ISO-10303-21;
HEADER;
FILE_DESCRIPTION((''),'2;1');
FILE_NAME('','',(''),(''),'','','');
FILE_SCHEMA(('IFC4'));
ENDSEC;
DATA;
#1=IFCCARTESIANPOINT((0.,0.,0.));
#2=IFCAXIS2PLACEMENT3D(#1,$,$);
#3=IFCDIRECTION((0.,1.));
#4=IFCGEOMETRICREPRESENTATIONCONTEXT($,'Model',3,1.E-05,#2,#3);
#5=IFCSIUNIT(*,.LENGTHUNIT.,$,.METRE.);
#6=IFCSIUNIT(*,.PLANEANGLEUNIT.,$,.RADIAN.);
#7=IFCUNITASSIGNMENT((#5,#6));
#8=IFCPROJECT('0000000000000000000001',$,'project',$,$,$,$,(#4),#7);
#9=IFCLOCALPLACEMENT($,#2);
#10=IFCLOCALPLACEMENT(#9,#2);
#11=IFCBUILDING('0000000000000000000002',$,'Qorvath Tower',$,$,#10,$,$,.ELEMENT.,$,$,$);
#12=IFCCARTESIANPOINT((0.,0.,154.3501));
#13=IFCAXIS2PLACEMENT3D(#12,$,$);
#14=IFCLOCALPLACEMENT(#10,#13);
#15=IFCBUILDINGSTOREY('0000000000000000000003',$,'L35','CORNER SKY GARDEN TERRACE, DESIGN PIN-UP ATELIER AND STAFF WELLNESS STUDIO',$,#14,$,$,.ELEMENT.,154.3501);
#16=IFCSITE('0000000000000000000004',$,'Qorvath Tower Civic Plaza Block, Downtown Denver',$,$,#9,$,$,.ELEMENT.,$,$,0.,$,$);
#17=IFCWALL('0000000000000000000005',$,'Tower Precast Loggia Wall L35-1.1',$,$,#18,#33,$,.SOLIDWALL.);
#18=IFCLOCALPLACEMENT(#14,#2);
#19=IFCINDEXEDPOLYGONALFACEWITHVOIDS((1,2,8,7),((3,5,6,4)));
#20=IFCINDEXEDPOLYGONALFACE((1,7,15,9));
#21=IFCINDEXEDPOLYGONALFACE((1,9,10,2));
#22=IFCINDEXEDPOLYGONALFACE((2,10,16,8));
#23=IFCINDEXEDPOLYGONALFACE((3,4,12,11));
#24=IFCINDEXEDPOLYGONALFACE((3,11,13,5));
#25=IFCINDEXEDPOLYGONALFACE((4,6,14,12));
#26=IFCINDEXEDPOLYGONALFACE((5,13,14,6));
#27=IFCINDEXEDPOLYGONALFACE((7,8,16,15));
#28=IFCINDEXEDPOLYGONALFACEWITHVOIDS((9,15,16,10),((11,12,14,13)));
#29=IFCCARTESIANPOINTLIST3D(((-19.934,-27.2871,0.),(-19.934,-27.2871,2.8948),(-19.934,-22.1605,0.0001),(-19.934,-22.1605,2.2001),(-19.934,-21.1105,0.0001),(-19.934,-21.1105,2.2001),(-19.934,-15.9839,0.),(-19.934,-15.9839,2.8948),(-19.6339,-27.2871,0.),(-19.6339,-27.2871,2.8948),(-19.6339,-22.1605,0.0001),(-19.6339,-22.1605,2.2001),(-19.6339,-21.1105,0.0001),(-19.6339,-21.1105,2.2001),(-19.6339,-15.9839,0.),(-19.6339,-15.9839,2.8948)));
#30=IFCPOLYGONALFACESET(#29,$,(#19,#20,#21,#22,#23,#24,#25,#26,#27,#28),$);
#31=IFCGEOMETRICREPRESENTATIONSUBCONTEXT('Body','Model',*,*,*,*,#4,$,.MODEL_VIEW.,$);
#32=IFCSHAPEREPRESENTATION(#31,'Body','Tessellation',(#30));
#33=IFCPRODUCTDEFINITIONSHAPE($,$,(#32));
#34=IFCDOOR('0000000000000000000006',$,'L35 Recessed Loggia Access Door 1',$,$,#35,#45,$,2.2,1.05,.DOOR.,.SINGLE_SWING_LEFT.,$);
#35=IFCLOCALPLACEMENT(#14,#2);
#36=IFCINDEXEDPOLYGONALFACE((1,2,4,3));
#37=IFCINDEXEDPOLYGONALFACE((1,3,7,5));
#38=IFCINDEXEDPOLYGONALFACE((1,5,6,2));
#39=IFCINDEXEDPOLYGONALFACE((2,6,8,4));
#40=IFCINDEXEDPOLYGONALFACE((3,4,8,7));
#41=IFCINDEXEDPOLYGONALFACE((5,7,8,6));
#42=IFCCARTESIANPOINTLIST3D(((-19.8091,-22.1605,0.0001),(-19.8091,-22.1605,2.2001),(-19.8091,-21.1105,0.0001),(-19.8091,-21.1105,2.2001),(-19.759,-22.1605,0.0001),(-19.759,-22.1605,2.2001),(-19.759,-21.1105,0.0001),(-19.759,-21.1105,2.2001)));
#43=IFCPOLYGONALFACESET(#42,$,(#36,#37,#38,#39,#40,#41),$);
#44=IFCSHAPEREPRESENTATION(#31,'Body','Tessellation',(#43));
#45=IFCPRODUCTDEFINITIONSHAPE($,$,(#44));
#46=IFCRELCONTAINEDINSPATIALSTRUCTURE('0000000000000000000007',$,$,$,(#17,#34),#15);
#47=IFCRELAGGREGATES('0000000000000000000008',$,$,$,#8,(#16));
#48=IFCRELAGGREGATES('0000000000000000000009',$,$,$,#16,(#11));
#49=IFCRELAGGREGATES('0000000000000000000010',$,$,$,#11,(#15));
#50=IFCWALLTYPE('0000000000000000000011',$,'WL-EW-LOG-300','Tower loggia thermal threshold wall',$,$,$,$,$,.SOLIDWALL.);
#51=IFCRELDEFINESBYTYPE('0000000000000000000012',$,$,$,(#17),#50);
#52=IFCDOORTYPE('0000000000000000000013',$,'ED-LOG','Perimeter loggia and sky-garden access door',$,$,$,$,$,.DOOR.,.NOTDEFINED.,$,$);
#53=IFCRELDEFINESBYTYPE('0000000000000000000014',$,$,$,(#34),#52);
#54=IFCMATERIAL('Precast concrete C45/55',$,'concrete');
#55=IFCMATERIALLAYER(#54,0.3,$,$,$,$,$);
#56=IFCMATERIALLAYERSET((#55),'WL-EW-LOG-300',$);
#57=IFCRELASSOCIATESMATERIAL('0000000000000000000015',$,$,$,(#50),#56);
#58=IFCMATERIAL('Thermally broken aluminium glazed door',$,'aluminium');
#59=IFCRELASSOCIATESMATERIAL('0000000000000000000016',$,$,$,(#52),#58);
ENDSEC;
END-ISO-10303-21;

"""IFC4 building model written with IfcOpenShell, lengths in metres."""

from ifc_helpers import new_model, si_unit, direction, frame, frame_2d, origin, place, context, subcontext, project, spatial, rectangle, extrude, material, layer, layer_set, type_object, element, fill, save


model = new_model("IFC4")

# Units and contexts
model_context = context("Model", 3, precision=1e-05, world=origin(), true_north=direction((0.0, 1.0)))
body_context = subcontext(model_context, "Body", "Model", "MODEL_VIEW")
ifc_project = project(units=[si_unit("LENGTHUNIT", "METRE"), si_unit("PLANEANGLEUNIT", "RADIAN")], contexts=[model_context])

# Site, building, storey
site_placement = place(None, origin())
site = spatial("IfcSite", under=ifc_project, at=site_placement, Name="Qorvath Tower Civic Plaza Block, Downtown Denver", CompositionType="ELEMENT", RefElevation=0.0)
building_placement = place(site_placement, origin())
building = spatial("IfcBuilding", under=site, at=building_placement, Name="Qorvath Tower", CompositionType="ELEMENT")
storey_placement = place(building_placement, frame((0.0, 0.0, 154.3501)))
storey = spatial("IfcBuildingStorey", under=building, at=storey_placement, Name="L35", Description="CORNER SKY GARDEN TERRACE, DESIGN PIN-UP ATELIER AND STAFF WELLNESS STUDIO", CompositionType="ELEMENT", Elevation=154.3501)

# Wall, opening, door
ifc_material_1 = material(Name="Precast concrete C45/55", Category="concrete")
ifc_layer_1 = layer(ifc_material_1, 0.3)
ifc_layer_set_1 = layer_set([ifc_layer_1], Name="WL-EW-LOG-300")
wall_type_1 = type_object("IfcWallType", Name="WL-EW-LOG-300", Description="Tower loggia thermal threshold wall", PredefinedType="SOLIDWALL", material=ifc_layer_set_1)
wall_1_placement = place(storey_placement, frame((-19.7839, -15.9839, 0.0), z_axis=(0.0, 0.0, 1.0), x_axis=(0.0, -1.0, 0.0)))
wall_1 = element("IfcWall", 1, at=wall_1_placement, inside=storey, type_object=wall_type_1, Name="Tower Precast Loggia Wall L35-1.1", PredefinedType="SOLIDWALL", context=body_context, shape_type="SweptSolid", body=[
    extrude(rectangle(XDim=11.3032, YDim=0.3, at=frame_2d((5.6516, 0.0))), origin(), (0.0, 0.0, 1.0), 2.8948),
])
opening_placement = place(wall_1_placement, frame((5.1267, 0.0, 0.0)))
opening = element("IfcOpeningElement", 2, at=opening_placement, cuts=wall_1, PredefinedType="OPENING", context=body_context, shape_type="SweptSolid", body=[
    extrude(rectangle(XDim=1.05, YDim=2.2, at=frame_2d((0.5249, 1.1001))), frame((0.0, 0.1602, 0.0), z_axis=(0.0, -1.0, 0.0), x_axis=(1.0, 0.0, 0.0)), (0.0, 0.0, 1.0), 0.3201),
])
ifc_material_2 = material(Name="Thermally broken aluminium glazed door", Category="aluminium")
door_type = type_object("IfcDoorType", Name="ED-LOG", Description="Perimeter loggia and sky-garden access door", OperationType="NOTDEFINED", PredefinedType="DOOR", material=ifc_material_2)
door_placement = place(opening_placement, origin())
door = element("IfcDoor", 3, at=door_placement, inside=storey, type_object=door_type, Name="L35 Recessed Loggia Access Door 1", OperationType="SINGLE_SWING_LEFT", OverallHeight=2.2, OverallWidth=1.05, PredefinedType="DOOR", context=body_context, shape_type="SweptSolid", body=[
    extrude(rectangle(XDim=1.05, YDim=2.2, at=frame_2d((0.5249, 1.1001))), frame((0.0, 0.0249, 0.0), z_axis=(0.0, -1.0, 0.0), x_axis=(1.0, 0.0, 0.0)), (0.0, 0.0, 1.0), 0.05),
])
fill(opening, door)

save(model, "model.ifc")
